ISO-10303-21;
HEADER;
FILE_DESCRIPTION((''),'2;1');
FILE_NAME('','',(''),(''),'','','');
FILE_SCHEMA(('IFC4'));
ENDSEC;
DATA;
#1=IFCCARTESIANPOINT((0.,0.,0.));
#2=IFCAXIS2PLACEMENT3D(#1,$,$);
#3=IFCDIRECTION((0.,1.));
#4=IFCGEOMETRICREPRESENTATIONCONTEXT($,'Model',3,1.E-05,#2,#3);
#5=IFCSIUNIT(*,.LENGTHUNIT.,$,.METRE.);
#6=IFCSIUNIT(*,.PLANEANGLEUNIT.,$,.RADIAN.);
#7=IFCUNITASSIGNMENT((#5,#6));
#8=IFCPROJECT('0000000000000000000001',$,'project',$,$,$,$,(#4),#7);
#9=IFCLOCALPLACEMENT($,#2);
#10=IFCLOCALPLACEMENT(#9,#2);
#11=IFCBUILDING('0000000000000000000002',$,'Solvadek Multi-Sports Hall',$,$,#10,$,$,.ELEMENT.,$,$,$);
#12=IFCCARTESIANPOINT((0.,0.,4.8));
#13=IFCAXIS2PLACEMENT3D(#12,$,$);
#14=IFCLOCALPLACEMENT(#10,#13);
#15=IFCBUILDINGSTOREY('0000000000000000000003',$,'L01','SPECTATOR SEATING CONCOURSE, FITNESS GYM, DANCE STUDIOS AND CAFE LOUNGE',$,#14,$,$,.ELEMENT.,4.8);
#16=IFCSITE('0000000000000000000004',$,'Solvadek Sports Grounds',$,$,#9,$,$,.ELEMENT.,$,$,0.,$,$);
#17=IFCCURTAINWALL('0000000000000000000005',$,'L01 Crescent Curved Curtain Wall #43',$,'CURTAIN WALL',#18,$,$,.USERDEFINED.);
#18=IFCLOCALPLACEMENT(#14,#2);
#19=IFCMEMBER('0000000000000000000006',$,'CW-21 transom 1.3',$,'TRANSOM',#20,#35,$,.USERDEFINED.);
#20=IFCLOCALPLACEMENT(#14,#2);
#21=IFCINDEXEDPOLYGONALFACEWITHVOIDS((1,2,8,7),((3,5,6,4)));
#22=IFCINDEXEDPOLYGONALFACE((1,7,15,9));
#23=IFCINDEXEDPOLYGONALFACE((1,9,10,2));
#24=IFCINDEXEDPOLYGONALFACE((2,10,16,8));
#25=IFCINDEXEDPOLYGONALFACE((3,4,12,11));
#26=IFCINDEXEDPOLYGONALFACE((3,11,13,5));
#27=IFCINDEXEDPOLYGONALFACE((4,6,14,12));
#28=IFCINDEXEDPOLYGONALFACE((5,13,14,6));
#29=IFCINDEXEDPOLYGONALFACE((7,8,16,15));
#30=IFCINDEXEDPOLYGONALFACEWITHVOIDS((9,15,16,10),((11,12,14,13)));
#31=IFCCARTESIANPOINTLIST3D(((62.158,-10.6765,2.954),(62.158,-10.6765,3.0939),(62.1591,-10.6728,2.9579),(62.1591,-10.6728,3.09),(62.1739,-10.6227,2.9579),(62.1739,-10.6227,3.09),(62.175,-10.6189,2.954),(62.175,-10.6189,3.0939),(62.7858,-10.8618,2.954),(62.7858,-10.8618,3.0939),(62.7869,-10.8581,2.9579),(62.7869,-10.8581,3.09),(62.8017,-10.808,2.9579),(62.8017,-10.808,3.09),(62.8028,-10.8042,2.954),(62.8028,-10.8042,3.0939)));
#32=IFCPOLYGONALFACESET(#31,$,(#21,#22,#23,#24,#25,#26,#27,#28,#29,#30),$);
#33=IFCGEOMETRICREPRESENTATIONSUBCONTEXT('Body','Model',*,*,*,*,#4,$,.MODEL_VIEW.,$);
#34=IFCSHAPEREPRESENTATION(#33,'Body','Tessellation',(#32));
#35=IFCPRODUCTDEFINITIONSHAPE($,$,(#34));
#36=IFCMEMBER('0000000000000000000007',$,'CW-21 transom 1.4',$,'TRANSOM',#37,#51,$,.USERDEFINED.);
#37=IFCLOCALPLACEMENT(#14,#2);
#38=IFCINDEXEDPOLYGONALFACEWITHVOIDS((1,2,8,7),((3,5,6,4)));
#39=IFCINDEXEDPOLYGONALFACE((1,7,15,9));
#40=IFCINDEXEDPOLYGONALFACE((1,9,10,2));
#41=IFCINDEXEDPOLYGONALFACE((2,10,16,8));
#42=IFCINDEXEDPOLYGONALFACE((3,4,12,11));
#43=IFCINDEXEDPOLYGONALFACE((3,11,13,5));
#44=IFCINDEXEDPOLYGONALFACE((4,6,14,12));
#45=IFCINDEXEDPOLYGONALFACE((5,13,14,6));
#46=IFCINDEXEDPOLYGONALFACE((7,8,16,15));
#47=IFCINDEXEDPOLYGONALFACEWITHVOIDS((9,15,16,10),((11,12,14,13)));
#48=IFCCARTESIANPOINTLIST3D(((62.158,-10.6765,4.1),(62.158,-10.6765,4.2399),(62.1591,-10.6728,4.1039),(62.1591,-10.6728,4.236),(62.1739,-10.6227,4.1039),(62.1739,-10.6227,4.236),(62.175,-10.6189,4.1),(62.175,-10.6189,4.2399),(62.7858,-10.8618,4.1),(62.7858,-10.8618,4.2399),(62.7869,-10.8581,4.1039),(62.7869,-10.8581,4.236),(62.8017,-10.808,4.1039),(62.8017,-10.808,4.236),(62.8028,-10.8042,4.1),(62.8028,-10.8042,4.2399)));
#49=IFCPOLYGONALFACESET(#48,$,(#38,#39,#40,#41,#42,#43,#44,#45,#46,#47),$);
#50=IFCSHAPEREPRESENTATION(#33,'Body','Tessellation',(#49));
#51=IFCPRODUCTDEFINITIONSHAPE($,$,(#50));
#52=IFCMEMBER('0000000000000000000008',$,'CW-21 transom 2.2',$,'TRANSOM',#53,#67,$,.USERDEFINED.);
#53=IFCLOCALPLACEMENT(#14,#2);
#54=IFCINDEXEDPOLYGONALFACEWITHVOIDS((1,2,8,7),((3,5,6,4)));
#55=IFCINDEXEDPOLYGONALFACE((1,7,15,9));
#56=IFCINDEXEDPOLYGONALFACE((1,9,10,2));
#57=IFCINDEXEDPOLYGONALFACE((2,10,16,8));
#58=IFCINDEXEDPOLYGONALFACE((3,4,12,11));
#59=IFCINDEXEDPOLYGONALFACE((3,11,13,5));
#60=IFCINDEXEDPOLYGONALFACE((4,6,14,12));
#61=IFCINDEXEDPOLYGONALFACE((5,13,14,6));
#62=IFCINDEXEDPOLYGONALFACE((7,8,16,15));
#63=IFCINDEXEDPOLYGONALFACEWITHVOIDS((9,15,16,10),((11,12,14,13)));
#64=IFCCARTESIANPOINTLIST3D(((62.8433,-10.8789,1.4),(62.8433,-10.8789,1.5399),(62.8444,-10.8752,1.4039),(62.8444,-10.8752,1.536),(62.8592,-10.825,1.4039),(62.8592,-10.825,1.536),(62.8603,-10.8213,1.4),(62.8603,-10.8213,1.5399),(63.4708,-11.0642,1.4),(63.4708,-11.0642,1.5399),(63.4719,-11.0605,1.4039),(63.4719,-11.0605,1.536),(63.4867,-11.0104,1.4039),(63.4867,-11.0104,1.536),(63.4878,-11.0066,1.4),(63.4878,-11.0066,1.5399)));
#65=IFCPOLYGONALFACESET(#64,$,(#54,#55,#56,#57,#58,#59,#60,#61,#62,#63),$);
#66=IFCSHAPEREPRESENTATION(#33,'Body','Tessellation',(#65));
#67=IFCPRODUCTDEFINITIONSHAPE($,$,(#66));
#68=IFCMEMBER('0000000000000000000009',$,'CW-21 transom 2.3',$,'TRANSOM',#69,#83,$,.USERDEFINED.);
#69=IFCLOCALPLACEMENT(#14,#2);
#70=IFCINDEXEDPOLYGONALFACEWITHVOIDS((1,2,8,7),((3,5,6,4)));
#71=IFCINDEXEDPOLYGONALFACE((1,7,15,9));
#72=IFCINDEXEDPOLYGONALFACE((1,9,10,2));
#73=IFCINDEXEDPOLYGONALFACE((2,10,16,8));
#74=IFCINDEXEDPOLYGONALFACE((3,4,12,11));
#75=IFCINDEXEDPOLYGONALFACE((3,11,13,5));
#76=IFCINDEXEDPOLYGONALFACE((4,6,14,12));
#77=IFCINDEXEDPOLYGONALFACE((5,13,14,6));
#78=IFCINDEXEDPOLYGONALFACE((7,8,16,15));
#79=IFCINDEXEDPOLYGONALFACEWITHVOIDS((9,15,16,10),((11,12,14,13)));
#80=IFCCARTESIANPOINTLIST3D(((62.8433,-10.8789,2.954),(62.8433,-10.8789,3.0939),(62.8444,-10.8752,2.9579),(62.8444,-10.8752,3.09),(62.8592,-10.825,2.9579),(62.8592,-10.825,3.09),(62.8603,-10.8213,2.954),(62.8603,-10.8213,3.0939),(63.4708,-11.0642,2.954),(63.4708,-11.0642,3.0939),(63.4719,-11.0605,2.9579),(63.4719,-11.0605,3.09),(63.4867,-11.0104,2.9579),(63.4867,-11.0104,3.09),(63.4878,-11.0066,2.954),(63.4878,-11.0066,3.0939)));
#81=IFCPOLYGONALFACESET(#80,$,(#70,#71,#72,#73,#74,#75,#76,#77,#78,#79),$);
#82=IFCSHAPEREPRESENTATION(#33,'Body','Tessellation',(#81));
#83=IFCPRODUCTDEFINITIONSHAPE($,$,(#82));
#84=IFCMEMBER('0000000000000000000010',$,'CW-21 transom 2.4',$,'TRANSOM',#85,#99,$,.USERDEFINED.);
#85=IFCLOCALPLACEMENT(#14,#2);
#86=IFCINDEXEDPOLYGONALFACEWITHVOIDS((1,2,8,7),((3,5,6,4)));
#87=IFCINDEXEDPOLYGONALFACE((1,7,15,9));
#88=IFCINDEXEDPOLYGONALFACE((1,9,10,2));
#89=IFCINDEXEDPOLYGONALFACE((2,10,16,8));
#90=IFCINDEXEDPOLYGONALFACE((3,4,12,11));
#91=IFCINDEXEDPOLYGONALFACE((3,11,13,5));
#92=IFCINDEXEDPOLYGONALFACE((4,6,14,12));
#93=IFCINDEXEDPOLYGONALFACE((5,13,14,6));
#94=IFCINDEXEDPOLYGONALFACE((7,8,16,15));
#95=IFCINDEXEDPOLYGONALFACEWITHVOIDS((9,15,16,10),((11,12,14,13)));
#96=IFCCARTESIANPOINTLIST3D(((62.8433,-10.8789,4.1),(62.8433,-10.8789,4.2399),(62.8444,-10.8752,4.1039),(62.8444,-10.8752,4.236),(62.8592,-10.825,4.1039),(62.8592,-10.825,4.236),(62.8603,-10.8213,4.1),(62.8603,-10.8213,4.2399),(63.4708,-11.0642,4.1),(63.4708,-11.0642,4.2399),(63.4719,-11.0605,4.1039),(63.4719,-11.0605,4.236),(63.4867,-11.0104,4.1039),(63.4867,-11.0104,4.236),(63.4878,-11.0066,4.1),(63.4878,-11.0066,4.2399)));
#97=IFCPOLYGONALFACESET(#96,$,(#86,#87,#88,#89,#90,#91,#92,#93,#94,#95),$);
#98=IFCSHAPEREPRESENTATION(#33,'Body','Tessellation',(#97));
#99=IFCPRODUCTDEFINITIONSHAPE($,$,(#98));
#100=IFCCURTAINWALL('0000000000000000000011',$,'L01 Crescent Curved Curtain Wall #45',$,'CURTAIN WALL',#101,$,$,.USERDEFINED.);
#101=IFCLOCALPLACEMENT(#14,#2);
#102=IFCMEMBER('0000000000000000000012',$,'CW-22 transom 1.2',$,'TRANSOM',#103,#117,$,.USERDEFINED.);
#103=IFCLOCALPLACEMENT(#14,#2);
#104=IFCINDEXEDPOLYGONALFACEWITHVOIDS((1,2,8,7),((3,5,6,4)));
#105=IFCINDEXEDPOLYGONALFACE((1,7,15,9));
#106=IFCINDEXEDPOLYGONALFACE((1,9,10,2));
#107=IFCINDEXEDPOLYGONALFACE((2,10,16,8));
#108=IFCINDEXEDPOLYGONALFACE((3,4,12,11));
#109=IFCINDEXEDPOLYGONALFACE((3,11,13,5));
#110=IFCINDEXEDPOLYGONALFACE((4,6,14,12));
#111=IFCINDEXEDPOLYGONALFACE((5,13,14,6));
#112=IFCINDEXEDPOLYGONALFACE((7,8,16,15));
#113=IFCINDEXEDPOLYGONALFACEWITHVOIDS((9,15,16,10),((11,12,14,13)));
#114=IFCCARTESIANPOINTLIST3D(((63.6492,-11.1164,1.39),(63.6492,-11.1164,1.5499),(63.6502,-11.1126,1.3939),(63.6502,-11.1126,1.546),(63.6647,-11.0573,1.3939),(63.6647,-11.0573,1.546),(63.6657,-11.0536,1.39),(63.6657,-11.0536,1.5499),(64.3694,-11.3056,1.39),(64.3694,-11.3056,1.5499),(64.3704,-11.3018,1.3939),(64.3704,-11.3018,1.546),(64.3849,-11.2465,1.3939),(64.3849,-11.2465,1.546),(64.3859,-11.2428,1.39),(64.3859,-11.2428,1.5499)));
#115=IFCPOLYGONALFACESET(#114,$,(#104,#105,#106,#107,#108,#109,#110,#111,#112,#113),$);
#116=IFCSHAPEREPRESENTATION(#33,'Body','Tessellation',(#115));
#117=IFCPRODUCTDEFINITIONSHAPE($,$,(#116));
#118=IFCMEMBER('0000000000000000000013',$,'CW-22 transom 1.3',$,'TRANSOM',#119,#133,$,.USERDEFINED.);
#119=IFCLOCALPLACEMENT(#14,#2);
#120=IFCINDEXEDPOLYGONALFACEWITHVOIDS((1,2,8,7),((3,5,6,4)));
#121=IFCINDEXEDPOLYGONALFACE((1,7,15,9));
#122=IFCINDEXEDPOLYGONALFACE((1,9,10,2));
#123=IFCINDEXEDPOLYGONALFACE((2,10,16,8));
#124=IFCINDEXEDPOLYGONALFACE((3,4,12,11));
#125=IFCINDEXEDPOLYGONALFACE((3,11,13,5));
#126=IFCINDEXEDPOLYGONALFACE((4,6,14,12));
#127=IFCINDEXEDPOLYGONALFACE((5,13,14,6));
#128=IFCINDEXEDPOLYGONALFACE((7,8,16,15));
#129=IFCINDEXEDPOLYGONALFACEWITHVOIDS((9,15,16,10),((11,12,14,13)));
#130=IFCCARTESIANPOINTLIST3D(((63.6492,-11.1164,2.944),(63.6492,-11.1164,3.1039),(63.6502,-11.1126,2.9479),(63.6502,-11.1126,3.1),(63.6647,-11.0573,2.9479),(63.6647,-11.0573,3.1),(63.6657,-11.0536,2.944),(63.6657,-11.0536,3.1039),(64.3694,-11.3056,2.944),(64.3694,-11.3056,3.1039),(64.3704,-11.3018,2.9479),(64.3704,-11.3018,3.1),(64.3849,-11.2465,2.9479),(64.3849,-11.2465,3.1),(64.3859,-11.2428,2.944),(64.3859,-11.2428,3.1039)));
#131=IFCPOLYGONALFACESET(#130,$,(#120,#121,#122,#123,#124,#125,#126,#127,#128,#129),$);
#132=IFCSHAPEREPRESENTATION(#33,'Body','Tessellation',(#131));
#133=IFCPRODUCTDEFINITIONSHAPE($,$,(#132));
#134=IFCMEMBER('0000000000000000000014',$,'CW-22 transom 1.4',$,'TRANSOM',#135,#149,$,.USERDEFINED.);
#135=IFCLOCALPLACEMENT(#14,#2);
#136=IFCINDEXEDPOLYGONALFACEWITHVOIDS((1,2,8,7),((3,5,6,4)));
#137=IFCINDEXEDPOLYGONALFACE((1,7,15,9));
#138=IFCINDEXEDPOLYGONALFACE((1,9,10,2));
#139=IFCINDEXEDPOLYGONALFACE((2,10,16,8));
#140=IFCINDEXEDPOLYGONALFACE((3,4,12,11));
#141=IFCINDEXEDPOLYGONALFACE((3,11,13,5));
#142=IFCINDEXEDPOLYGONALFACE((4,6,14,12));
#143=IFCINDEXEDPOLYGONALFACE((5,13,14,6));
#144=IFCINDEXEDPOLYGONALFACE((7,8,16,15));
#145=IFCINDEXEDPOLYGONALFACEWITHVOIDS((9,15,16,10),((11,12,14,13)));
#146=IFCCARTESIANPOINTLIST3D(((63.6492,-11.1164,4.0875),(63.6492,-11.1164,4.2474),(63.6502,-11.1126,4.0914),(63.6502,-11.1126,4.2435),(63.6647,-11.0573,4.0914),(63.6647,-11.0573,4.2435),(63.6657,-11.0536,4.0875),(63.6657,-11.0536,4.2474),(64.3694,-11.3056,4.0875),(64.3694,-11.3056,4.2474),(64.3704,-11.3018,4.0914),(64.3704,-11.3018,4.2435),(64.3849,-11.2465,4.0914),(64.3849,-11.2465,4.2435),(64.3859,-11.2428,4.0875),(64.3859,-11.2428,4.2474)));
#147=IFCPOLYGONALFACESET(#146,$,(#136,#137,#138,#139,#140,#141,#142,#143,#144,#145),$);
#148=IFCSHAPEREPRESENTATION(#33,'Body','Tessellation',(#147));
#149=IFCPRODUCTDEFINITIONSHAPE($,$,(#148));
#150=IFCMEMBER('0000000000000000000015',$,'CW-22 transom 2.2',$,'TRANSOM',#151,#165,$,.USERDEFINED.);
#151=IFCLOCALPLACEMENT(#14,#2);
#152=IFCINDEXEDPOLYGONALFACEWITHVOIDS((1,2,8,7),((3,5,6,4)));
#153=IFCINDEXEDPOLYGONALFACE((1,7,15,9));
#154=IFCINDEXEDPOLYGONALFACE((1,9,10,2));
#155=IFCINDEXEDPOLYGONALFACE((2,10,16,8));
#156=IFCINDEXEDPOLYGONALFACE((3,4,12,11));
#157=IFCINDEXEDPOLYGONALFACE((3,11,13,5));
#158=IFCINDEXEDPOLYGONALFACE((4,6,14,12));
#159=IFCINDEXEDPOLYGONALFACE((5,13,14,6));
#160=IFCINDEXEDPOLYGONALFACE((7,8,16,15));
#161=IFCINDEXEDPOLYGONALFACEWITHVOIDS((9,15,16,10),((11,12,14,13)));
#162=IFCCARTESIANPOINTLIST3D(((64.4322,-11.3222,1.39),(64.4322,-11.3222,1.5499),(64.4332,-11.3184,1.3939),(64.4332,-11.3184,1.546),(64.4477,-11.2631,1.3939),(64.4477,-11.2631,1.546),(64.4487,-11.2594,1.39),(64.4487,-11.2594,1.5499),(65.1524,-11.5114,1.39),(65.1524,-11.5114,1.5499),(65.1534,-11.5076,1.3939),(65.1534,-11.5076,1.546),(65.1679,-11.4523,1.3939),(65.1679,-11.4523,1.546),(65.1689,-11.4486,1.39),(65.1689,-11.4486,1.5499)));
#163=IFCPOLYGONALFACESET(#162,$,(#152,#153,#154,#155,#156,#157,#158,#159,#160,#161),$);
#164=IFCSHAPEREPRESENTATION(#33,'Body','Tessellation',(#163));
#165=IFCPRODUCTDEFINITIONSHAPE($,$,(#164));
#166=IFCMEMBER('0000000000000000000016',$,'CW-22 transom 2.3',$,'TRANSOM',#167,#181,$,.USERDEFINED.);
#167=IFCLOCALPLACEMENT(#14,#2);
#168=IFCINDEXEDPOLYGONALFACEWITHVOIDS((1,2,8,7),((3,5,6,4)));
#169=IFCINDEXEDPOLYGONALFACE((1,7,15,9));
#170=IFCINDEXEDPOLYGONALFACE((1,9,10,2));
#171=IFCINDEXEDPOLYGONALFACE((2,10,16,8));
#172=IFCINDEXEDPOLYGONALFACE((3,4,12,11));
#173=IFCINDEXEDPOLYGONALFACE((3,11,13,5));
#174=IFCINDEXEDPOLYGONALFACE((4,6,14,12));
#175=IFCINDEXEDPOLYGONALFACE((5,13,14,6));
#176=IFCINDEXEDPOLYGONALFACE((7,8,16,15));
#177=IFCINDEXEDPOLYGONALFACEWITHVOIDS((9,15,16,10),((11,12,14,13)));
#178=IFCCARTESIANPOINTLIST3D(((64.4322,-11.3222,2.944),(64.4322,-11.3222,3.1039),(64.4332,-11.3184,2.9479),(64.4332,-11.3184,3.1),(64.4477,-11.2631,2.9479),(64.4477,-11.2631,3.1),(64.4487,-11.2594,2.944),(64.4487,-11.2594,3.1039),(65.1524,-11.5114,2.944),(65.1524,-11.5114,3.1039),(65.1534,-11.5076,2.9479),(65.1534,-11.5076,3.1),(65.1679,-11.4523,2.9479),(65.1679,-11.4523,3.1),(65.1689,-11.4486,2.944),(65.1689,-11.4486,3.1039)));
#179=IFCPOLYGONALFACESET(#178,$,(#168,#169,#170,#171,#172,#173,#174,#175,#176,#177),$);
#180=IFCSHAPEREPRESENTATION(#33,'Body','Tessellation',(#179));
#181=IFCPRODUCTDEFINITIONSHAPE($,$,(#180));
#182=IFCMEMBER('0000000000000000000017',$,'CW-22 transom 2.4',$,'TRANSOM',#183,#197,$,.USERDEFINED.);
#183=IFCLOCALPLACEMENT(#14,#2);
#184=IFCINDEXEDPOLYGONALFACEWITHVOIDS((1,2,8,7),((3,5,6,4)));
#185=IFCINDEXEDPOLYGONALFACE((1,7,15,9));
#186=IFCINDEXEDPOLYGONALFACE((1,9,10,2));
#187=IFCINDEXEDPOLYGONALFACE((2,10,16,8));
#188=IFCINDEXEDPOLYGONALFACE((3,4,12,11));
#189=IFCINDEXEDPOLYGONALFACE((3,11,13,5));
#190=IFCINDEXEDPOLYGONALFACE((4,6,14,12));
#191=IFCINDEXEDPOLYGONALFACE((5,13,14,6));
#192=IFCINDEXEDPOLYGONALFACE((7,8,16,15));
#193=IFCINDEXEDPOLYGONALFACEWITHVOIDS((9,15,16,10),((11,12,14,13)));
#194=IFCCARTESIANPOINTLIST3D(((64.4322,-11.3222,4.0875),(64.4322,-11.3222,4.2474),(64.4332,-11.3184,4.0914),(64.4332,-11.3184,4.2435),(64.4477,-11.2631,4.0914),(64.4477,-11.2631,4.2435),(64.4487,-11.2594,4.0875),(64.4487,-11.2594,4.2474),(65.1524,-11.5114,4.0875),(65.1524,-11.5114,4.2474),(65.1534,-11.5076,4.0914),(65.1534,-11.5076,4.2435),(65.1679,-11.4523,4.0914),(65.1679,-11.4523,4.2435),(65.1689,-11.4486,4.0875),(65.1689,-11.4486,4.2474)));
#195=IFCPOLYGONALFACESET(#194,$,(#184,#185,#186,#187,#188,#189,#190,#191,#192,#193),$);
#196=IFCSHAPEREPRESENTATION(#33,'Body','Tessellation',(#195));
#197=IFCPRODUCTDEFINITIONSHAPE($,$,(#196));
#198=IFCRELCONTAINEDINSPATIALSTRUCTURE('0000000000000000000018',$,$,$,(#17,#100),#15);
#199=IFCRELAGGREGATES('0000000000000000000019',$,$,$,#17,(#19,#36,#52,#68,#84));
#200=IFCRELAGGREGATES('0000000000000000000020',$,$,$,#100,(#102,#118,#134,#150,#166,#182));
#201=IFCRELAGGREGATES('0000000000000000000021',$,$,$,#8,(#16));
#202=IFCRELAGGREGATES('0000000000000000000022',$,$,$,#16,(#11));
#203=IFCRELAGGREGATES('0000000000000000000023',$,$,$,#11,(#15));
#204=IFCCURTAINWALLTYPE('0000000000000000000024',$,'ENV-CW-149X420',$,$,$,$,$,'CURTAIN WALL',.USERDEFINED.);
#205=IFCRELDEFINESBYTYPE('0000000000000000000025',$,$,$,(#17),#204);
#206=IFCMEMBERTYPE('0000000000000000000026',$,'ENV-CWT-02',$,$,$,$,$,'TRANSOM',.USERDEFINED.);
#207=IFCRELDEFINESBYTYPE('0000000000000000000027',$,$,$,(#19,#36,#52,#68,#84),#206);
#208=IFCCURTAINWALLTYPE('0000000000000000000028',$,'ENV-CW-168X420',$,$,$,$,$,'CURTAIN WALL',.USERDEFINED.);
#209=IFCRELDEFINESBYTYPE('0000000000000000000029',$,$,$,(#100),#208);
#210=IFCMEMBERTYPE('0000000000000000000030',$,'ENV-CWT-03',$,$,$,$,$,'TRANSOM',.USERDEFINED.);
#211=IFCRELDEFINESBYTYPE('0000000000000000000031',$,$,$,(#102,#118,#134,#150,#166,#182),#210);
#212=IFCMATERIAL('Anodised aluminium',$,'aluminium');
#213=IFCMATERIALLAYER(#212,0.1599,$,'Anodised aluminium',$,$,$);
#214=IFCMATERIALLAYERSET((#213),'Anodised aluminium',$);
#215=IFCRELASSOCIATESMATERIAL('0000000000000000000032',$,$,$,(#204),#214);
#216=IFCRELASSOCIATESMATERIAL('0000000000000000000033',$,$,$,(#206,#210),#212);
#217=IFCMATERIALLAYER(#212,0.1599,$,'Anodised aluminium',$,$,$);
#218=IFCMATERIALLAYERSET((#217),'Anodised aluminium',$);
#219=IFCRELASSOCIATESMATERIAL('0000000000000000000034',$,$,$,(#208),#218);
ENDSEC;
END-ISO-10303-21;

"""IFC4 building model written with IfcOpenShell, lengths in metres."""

from ifc_helpers import new_model, si_unit, direction, frame, origin, origin_2d, place, context, subcontext, project, spatial, hollow_rectangle, extrude, material, layer, layer_set, material_profile, profile_set, type_object, element, aggregate, save


model = new_model("IFC4")

# Units and contexts
model_context = context("Model", 3, precision=1e-05, world=origin(), true_north=direction((0.0, 1.0)))
body_context = subcontext(model_context, "Body", "Model", "MODEL_VIEW")
ifc_project = project(units=[si_unit("LENGTHUNIT", "METRE"), si_unit("PLANEANGLEUNIT", "RADIAN")], contexts=[model_context])

# Site, building, storey
site_placement = place(None, origin())
site = spatial("IfcSite", under=ifc_project, at=site_placement, Name="Solvadek Sports Grounds", CompositionType="ELEMENT", RefElevation=0.0)
building_placement = place(site_placement, origin())
building = spatial("IfcBuilding", under=site, at=building_placement, Name="Solvadek Multi-Sports Hall", CompositionType="ELEMENT")
storey_placement = place(building_placement, frame((0.0, 0.0, 4.8)))
storey = spatial("IfcBuildingStorey", under=building, at=storey_placement, Name="L01", Description="SPECTATOR SEATING CONCOURSE, FITNESS GYM, DANCE STUDIOS AND CAFE LOUNGE", CompositionType="ELEMENT", Elevation=4.8)

# Curtain walls, members
ifc_material_1 = material(Name="Anodised aluminium", Category="aluminium")
ifc_layer_1 = layer(ifc_material_1, 0.1599, Name="Anodised aluminium")
ifc_layer_set_1 = layer_set([ifc_layer_1], Name="Anodised aluminium")
curtain_wall_type_1 = type_object("IfcCurtainWallType", Name="ENV-CW-149X420", ElementType="CURTAIN WALL", PredefinedType="USERDEFINED", material=ifc_layer_set_1)
curtain_wall_1_placement = place(storey_placement, origin())
curtain_wall_1 = element("IfcCurtainWall", 1, at=curtain_wall_1_placement, inside=storey, type_object=curtain_wall_type_1, Name="L01 Crescent Curved Curtain Wall #43", ObjectType="CURTAIN WALL", PredefinedType="USERDEFINED")
ifc_material_profile_1 = material_profile(ifc_material_1, hollow_rectangle(XDim=0.0601, YDim=0.1399, WallThickness=0.0039, at=origin_2d()), Name="ALU-T 140x60x4")
ifc_profile_set_1 = profile_set([ifc_material_profile_1], Name="Anodised aluminium")
member_type_1 = type_object("IfcMemberType", Name="ENV-CWT-02", ElementType="TRANSOM", PredefinedType="USERDEFINED", material=ifc_profile_set_1)
member_1_placement = place(storey_placement, frame((62.1665, -10.6477, 3.0239), z_axis=(0.95908, -0.283136, 0.0), x_axis=(0.283136, 0.95908, 0.0)))
member_1 = element("IfcMember", 2, at=member_1_placement, type_object=member_type_1, Name="CW-21 transom 1.3", ObjectType="TRANSOM", PredefinedType="USERDEFINED", context=body_context, shape_type="SweptSolid", body=[
    extrude(hollow_rectangle(XDim=0.0601, YDim=0.1399, WallThickness=0.0039, at=origin_2d()), origin(), (0.0, 0.0, 1.0), 0.6545),
])
member_2_placement = place(storey_placement, frame((62.1665, -10.6477, 4.1699), z_axis=(0.95908, -0.283136, 0.0), x_axis=(0.283136, 0.95908, 0.0)))
member_2 = element("IfcMember", 3, at=member_2_placement, type_object=member_type_1, Name="CW-21 transom 1.4", ObjectType="TRANSOM", PredefinedType="USERDEFINED", context=body_context, shape_type="SweptSolid", body=[
    extrude(hollow_rectangle(XDim=0.0601, YDim=0.1399, WallThickness=0.0039, at=origin_2d()), origin(), (0.0, 0.0, 1.0), 0.6545),
])
member_3_placement = place(storey_placement, frame((62.8518, -10.8501, 1.47), z_axis=(0.95905, -0.283237, 0.0), x_axis=(0.283237, 0.95905, 0.0)))
member_3 = element("IfcMember", 4, at=member_3_placement, type_object=member_type_1, Name="CW-21 transom 2.2", ObjectType="TRANSOM", PredefinedType="USERDEFINED", context=body_context, shape_type="SweptSolid", body=[
    extrude(hollow_rectangle(XDim=0.0601, YDim=0.1399, WallThickness=0.0039, at=origin_2d()), origin(), (0.0, 0.0, 1.0), 0.6543),
])
member_4_placement = place(storey_placement, frame((62.8518, -10.8501, 3.0239), z_axis=(0.95905, -0.283237, 0.0), x_axis=(0.283237, 0.95905, 0.0)))
member_4 = element("IfcMember", 5, at=member_4_placement, type_object=member_type_1, Name="CW-21 transom 2.3", ObjectType="TRANSOM", PredefinedType="USERDEFINED", context=body_context, shape_type="SweptSolid", body=[
    extrude(hollow_rectangle(XDim=0.0601, YDim=0.1399, WallThickness=0.0039, at=origin_2d()), origin(), (0.0, 0.0, 1.0), 0.6543),
])
member_5_placement = place(storey_placement, frame((62.8518, -10.8501, 4.1699), z_axis=(0.95905, -0.283237, 0.0), x_axis=(0.283237, 0.95905, 0.0)))
member_5 = element("IfcMember", 6, at=member_5_placement, type_object=member_type_1, Name="CW-21 transom 2.4", ObjectType="TRANSOM", PredefinedType="USERDEFINED", context=body_context, shape_type="SweptSolid", body=[
    extrude(hollow_rectangle(XDim=0.0601, YDim=0.1399, WallThickness=0.0039, at=origin_2d()), origin(), (0.0, 0.0, 1.0), 0.6543),
])
ifc_layer_2 = layer(ifc_material_1, 0.1599, Name="Anodised aluminium")
ifc_layer_set_2 = layer_set([ifc_layer_2], Name="Anodised aluminium")
curtain_wall_type_2 = type_object("IfcCurtainWallType", Name="ENV-CW-168X420", ElementType="CURTAIN WALL", PredefinedType="USERDEFINED", material=ifc_layer_set_2)
curtain_wall_2_placement = place(storey_placement, origin())
curtain_wall_2 = element("IfcCurtainWall", 7, at=curtain_wall_2_placement, inside=storey, type_object=curtain_wall_type_2, Name="L01 Crescent Curved Curtain Wall #45", ObjectType="CURTAIN WALL", PredefinedType="USERDEFINED")
ifc_material_profile_2 = material_profile(ifc_material_1, hollow_rectangle(XDim=0.0649, YDim=0.1599, WallThickness=0.0039, at=origin_2d()), Name="ALU-T 160x65x4")
ifc_profile_set_2 = profile_set([ifc_material_profile_2], Name="Anodised aluminium")
member_type_2 = type_object("IfcMemberType", Name="ENV-CWT-03", ElementType="TRANSOM", PredefinedType="USERDEFINED", material=ifc_profile_set_2)
member_6_placement = place(storey_placement, frame((63.6575, -11.085, 1.47), z_axis=(0.967181, -0.25409, 0.0), x_axis=(0.25409, 0.967181, 0.0)))
member_6 = element("IfcMember", 8, at=member_6_placement, type_object=member_type_2, Name="CW-22 transom 1.2", ObjectType="TRANSOM", PredefinedType="USERDEFINED", context=body_context, shape_type="SweptSolid", body=[
    extrude(hollow_rectangle(XDim=0.0649, YDim=0.1599, WallThickness=0.0039, at=origin_2d()), origin(), (0.0, 0.0, 1.0), 0.7446),
])
member_7_placement = place(storey_placement, frame((63.6575, -11.085, 3.0239), z_axis=(0.967181, -0.25409, 0.0), x_axis=(0.25409, 0.967181, 0.0)))
member_7 = element("IfcMember", 9, at=member_7_placement, type_object=member_type_2, Name="CW-22 transom 1.3", ObjectType="TRANSOM", PredefinedType="USERDEFINED", context=body_context, shape_type="SweptSolid", body=[
    extrude(hollow_rectangle(XDim=0.0649, YDim=0.1599, WallThickness=0.0039, at=origin_2d()), origin(), (0.0, 0.0, 1.0), 0.7446),
])
member_8_placement = place(storey_placement, frame((63.6575, -11.085, 4.1675), z_axis=(0.967181, -0.25409, 0.0), x_axis=(0.25409, 0.967181, 0.0)))
member_8 = element("IfcMember", 10, at=member_8_placement, type_object=member_type_2, Name="CW-22 transom 1.4", ObjectType="TRANSOM", PredefinedType="USERDEFINED", context=body_context, shape_type="SweptSolid", body=[
    extrude(hollow_rectangle(XDim=0.0649, YDim=0.1599, WallThickness=0.0039, at=origin_2d()), origin(), (0.0, 0.0, 1.0), 0.7446),
])
member_9_placement = place(storey_placement, frame((64.4404, -11.2908, 1.47), z_axis=(0.967181, -0.25409, 0.0), x_axis=(0.25409, 0.967181, 0.0)))
member_9 = element("IfcMember", 11, at=member_9_placement, type_object=member_type_2, Name="CW-22 transom 2.2", ObjectType="TRANSOM", PredefinedType="USERDEFINED", context=body_context, shape_type="SweptSolid", body=[
    extrude(hollow_rectangle(XDim=0.0649, YDim=0.1599, WallThickness=0.0039, at=origin_2d()), origin(), (0.0, 0.0, 1.0), 0.7446),
])
member_10_placement = place(storey_placement, frame((64.4404, -11.2908, 3.0239), z_axis=(0.967181, -0.25409, 0.0), x_axis=(0.25409, 0.967181, 0.0)))
member_10 = element("IfcMember", 12, at=member_10_placement, type_object=member_type_2, Name="CW-22 transom 2.3", ObjectType="TRANSOM", PredefinedType="USERDEFINED", context=body_context, shape_type="SweptSolid", body=[
    extrude(hollow_rectangle(XDim=0.0649, YDim=0.1599, WallThickness=0.0039, at=origin_2d()), origin(), (0.0, 0.0, 1.0), 0.7446),
])
member_11_placement = place(storey_placement, frame((64.4404, -11.2908, 4.1675), z_axis=(0.967181, -0.25409, 0.0), x_axis=(0.25409, 0.967181, 0.0)))
member_11 = element("IfcMember", 13, at=member_11_placement, type_object=member_type_2, Name="CW-22 transom 2.4", ObjectType="TRANSOM", PredefinedType="USERDEFINED", context=body_context, shape_type="SweptSolid", body=[
    extrude(hollow_rectangle(XDim=0.0649, YDim=0.1599, WallThickness=0.0039, at=origin_2d()), origin(), (0.0, 0.0, 1.0), 0.7446),
])

aggregate(curtain_wall_1, [member_1, member_2, member_3, member_4, member_5])
aggregate(curtain_wall_2, [member_6, member_7, member_8, member_9, member_10, member_11])

save(model, "model.ifc")
